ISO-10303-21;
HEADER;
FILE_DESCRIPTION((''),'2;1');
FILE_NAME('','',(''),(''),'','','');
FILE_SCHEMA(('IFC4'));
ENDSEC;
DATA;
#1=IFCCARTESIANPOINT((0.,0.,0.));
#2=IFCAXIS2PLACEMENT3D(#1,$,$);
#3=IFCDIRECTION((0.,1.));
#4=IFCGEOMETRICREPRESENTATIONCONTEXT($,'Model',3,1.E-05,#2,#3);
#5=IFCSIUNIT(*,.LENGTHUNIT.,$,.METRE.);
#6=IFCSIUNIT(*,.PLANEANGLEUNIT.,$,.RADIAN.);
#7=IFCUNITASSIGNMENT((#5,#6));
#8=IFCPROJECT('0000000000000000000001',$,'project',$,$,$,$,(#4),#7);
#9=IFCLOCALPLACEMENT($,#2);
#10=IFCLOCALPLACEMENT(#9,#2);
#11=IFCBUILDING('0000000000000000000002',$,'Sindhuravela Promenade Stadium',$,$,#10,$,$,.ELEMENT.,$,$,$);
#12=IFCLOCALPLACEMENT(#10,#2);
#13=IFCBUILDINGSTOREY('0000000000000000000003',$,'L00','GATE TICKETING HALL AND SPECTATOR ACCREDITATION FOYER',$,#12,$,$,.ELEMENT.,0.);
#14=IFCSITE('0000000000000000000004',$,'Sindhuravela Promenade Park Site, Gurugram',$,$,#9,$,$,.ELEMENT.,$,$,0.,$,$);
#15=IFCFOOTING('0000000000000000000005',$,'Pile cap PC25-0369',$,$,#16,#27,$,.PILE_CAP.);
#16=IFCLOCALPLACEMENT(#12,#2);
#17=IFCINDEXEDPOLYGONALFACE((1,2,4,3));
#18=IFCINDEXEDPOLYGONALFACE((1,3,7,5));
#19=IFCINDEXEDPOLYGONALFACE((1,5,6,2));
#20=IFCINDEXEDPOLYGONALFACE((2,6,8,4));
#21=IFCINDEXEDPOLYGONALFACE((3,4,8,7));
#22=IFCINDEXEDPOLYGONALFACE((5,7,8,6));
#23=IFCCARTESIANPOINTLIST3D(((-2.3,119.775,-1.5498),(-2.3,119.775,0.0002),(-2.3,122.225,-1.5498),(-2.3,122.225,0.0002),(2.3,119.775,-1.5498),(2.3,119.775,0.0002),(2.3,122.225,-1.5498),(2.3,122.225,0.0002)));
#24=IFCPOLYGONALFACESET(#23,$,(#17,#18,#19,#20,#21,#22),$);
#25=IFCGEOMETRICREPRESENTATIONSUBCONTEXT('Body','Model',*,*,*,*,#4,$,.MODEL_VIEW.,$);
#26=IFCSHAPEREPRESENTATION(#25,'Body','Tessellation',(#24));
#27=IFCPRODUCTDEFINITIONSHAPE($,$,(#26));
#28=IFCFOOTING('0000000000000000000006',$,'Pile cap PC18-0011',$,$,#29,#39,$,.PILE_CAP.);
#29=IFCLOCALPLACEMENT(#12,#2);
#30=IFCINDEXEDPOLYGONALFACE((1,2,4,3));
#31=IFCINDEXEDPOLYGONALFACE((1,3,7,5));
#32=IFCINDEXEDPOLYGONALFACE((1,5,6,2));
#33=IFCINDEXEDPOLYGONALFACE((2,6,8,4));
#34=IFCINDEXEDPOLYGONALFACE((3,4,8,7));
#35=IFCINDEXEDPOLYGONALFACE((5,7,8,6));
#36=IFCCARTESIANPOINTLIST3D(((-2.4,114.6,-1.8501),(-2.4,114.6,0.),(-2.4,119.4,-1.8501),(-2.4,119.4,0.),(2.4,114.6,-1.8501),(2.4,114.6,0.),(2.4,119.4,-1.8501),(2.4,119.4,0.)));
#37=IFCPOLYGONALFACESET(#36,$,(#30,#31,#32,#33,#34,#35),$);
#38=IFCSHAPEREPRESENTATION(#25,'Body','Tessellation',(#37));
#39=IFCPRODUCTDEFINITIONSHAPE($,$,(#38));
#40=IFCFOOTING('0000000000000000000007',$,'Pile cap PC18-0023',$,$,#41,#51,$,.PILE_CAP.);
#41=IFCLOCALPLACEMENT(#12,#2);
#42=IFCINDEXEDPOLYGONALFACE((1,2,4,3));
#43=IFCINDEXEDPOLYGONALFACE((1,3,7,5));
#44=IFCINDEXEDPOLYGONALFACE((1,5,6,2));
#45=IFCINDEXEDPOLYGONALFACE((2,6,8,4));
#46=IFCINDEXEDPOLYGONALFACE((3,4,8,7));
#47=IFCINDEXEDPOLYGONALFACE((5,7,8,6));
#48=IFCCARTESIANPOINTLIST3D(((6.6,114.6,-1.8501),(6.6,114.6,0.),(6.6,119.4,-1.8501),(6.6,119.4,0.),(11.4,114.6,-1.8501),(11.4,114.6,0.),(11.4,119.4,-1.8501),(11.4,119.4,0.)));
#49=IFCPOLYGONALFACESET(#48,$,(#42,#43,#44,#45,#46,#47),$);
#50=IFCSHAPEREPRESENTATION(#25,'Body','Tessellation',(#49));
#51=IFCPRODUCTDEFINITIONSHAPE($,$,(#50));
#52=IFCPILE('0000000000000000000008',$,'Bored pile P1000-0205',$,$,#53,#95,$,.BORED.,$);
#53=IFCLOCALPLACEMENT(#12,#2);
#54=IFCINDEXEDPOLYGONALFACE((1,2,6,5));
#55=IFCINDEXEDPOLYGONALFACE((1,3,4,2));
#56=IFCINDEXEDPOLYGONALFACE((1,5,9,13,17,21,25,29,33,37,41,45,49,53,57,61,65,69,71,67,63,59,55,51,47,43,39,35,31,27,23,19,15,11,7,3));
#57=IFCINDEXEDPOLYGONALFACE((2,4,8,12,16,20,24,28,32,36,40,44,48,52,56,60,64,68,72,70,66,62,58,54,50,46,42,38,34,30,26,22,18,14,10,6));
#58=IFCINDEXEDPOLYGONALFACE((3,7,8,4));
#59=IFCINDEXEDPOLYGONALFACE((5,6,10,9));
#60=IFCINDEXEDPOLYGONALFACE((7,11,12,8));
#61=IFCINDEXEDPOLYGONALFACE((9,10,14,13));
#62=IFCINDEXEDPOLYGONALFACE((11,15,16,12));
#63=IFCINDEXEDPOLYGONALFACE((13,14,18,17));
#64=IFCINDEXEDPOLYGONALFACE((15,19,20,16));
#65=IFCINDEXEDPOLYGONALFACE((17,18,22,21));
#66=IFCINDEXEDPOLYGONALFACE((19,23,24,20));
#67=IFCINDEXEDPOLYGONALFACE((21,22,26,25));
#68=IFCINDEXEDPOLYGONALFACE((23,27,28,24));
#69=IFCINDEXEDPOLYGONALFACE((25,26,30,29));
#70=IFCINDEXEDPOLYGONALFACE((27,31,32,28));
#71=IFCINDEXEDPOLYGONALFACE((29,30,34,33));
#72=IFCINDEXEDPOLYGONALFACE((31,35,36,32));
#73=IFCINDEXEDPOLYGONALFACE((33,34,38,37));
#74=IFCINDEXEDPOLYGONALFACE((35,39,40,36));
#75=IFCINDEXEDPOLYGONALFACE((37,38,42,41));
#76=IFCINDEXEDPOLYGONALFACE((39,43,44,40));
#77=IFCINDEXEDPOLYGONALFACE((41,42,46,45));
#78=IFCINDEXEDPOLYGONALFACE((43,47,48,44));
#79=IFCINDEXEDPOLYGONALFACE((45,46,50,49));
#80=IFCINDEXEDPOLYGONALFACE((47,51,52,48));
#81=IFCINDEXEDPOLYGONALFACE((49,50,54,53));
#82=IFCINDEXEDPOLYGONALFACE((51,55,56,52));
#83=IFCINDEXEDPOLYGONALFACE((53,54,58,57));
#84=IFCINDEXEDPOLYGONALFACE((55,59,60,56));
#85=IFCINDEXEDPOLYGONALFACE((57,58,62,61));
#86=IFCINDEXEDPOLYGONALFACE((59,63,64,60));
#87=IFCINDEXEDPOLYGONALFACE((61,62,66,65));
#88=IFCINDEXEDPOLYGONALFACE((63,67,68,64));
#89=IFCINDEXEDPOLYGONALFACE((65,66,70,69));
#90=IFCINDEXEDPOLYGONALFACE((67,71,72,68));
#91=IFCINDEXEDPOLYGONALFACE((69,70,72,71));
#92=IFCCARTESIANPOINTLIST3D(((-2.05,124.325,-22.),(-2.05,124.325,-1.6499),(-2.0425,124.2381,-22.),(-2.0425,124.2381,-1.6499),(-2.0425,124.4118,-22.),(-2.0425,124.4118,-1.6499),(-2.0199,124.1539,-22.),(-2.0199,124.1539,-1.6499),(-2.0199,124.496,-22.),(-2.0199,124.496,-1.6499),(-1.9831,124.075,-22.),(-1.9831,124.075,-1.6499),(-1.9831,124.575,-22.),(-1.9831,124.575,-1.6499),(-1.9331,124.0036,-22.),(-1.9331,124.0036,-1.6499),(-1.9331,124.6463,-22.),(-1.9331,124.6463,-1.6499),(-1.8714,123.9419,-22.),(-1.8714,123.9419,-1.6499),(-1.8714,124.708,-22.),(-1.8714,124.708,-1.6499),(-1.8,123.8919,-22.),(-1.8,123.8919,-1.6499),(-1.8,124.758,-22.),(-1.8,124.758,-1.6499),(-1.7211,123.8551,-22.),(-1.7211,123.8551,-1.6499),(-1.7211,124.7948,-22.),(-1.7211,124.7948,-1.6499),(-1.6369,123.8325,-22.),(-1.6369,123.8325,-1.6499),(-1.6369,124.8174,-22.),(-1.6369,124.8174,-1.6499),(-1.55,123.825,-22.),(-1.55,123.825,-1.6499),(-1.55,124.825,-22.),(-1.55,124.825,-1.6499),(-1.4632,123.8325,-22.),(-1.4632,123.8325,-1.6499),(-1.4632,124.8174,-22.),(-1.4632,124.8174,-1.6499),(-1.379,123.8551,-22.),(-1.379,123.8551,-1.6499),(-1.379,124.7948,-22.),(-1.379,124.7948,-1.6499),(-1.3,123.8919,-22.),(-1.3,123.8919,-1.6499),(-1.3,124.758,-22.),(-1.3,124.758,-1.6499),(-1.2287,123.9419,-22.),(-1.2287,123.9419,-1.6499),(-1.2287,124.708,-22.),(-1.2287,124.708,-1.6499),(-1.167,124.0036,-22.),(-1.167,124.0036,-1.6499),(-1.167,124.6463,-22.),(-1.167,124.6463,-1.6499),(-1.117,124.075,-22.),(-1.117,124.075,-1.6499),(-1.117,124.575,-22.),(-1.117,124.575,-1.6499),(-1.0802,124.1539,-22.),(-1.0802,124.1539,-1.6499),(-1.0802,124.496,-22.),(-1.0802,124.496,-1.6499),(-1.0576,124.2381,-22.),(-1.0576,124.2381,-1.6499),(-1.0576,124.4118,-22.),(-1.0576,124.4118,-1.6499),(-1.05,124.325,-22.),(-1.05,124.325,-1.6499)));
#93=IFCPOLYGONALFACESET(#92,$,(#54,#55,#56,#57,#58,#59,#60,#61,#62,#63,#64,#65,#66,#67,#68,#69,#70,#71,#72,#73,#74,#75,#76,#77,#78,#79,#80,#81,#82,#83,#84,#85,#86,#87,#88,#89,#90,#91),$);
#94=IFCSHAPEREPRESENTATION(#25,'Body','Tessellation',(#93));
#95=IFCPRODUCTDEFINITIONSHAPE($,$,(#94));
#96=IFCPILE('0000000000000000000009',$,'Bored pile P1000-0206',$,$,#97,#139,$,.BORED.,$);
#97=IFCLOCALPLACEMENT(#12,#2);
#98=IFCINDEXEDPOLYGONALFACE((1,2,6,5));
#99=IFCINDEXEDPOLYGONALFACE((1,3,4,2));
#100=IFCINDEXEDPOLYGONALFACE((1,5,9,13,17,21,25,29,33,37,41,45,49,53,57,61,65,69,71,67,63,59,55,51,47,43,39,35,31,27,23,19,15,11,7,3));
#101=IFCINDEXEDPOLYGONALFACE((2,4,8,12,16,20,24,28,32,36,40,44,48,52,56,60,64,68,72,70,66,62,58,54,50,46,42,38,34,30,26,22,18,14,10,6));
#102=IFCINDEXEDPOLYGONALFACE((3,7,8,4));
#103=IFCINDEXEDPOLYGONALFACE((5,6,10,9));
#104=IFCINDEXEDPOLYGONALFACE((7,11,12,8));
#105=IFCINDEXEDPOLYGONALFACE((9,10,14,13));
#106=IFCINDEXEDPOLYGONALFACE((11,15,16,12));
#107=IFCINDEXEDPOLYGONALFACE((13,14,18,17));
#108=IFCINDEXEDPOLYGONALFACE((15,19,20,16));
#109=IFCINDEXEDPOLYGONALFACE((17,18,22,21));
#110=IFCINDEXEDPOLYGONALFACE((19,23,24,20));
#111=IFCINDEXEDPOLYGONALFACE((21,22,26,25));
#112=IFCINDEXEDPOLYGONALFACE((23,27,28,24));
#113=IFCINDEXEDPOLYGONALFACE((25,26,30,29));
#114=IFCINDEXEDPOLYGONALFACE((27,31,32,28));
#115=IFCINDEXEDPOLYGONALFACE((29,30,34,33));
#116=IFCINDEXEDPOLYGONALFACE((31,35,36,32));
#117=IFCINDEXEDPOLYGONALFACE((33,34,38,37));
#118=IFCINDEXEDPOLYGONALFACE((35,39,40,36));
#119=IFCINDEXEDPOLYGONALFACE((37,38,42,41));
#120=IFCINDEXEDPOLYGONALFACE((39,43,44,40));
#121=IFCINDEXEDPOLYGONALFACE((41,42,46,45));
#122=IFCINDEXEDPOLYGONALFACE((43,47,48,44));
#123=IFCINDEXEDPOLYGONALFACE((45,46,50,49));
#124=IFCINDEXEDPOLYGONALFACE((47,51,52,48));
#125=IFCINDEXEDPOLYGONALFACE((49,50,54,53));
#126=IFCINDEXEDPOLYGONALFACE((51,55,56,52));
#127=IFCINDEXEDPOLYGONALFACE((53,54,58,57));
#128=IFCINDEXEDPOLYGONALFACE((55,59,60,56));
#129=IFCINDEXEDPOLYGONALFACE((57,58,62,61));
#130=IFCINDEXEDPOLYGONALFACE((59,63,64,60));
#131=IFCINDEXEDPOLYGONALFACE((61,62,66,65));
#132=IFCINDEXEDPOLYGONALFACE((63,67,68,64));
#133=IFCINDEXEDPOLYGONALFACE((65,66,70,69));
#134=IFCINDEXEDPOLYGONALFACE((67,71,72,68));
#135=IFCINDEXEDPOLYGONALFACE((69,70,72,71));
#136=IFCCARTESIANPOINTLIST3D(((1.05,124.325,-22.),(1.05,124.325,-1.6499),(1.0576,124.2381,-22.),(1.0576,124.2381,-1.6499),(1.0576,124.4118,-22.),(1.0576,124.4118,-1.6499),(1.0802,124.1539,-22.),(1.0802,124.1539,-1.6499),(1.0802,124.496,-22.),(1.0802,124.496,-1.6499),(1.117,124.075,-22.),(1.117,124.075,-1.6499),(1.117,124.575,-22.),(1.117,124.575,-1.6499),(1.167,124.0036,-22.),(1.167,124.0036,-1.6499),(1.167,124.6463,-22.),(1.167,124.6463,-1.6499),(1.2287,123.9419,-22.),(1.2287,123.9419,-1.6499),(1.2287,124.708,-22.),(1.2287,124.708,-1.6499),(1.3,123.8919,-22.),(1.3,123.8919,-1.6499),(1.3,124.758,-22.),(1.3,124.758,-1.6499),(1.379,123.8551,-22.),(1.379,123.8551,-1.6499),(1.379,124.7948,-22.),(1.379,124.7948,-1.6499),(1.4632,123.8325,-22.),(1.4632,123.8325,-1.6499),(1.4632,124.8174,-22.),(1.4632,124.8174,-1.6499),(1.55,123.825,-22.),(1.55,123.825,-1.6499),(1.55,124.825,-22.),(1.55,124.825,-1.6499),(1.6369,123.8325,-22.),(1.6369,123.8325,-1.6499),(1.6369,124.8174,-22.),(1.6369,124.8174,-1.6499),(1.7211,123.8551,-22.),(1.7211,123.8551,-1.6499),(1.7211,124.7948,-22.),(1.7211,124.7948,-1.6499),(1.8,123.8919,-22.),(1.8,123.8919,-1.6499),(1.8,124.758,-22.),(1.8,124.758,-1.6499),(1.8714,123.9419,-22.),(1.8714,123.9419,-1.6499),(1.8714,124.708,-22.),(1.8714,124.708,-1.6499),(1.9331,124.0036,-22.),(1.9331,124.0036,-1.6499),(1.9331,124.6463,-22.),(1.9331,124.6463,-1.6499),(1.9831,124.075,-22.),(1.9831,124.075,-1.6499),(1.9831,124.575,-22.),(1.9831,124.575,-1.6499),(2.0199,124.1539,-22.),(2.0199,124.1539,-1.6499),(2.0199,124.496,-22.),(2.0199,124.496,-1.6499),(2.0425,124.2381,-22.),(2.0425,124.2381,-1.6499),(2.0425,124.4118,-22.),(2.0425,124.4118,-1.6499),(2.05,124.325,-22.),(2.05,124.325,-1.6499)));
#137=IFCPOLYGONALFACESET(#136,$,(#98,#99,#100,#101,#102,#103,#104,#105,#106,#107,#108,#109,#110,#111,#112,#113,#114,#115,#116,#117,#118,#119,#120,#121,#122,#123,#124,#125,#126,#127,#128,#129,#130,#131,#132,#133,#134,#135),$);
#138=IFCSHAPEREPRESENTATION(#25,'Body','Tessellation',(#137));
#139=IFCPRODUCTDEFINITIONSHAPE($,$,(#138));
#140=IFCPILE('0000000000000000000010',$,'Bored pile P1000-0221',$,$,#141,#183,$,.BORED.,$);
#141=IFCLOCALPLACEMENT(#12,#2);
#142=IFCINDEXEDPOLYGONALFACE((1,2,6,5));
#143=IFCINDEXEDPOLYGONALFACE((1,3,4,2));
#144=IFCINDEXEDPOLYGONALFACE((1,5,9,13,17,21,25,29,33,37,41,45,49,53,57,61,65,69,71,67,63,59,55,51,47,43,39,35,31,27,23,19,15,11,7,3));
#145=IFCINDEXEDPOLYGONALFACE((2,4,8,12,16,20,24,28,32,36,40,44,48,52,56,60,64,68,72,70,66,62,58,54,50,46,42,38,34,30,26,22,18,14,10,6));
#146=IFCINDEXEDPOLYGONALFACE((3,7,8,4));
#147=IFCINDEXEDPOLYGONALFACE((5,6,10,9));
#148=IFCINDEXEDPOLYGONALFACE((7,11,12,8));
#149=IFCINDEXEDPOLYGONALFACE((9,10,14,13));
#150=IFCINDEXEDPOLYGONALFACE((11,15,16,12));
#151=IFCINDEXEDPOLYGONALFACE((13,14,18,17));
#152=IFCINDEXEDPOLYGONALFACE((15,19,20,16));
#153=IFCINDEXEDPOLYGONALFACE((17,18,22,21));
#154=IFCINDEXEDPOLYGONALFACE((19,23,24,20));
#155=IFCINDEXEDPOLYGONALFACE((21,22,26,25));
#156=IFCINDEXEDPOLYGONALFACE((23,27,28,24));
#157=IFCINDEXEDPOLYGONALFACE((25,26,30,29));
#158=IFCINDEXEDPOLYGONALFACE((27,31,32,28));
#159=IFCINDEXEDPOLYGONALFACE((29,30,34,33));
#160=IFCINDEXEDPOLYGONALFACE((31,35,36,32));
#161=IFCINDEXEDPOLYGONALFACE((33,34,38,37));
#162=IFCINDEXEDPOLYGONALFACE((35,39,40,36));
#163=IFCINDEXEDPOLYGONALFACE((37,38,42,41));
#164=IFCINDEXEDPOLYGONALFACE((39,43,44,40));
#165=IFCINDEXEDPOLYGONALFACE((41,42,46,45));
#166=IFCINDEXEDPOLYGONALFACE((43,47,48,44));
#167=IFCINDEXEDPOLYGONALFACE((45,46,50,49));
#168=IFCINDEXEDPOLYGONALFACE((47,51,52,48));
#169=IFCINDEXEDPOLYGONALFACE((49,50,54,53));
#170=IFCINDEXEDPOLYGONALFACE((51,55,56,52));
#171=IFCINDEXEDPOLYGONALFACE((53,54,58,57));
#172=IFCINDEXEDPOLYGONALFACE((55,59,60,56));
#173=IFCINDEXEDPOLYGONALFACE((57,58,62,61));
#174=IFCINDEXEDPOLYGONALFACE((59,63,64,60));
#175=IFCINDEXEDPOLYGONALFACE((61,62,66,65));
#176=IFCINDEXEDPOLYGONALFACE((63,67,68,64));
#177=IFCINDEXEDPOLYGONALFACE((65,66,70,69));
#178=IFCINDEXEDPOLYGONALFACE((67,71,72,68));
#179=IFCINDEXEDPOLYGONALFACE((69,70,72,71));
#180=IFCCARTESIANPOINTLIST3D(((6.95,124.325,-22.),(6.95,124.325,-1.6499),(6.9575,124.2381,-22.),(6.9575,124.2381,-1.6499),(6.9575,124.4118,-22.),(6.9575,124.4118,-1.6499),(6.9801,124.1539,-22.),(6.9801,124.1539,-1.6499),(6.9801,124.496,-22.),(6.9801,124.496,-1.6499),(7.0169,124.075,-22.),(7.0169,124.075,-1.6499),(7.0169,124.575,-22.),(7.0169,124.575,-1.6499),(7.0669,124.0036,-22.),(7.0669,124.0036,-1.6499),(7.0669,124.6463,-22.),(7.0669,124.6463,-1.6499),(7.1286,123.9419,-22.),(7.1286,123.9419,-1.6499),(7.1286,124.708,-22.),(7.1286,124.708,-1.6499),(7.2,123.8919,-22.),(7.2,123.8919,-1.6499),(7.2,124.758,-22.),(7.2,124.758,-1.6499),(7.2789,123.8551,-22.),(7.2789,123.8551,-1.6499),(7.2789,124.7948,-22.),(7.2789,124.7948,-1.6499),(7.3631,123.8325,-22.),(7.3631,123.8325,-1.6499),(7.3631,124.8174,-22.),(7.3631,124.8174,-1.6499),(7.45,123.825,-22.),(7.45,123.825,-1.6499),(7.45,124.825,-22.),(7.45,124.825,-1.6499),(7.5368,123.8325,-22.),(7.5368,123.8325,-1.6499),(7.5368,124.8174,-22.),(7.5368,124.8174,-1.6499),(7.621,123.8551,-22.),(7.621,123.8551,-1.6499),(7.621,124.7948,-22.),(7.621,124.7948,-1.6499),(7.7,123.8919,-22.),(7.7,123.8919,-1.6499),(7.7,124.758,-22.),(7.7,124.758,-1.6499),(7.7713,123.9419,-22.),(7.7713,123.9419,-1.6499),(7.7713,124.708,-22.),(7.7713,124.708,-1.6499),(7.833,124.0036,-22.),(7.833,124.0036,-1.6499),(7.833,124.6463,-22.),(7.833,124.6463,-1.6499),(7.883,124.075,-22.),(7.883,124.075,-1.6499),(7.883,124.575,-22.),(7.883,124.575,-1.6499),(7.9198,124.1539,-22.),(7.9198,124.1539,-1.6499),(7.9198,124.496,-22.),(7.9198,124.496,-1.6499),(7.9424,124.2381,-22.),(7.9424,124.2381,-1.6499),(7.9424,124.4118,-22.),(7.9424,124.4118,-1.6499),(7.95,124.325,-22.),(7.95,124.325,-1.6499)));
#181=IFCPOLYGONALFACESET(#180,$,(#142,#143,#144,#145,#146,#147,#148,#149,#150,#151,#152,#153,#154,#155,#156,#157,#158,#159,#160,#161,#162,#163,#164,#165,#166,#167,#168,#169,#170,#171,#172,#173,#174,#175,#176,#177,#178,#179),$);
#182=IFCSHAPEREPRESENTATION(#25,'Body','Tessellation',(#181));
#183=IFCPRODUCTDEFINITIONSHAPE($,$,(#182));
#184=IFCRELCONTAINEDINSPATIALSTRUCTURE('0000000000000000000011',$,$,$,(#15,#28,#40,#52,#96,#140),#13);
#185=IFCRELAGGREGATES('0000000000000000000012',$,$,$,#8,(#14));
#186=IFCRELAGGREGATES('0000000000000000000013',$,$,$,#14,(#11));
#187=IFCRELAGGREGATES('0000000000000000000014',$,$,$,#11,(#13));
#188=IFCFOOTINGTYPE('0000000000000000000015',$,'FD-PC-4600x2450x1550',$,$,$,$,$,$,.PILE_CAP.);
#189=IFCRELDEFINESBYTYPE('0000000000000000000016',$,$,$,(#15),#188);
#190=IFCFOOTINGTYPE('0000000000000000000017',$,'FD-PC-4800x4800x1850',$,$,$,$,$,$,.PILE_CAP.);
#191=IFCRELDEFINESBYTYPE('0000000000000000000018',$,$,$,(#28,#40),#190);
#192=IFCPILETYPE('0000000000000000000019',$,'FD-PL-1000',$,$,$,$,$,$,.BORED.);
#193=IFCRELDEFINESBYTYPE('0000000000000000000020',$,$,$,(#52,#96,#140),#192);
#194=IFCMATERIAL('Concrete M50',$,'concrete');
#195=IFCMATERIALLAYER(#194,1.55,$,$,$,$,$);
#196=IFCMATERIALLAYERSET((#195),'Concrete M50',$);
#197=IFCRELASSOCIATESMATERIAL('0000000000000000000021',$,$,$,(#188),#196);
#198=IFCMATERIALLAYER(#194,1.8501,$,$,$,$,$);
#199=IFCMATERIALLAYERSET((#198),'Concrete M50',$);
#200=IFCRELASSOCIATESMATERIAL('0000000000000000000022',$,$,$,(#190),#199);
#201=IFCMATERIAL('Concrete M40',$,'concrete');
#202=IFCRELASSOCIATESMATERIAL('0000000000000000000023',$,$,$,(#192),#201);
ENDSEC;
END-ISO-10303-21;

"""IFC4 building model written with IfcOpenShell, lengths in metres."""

from ifc_helpers import new_model, si_unit, direction, frame, origin, origin_2d, place, context, subcontext, project, spatial, rectangle, circle, extrude, material, layer, layer_set, material_profile, profile_set, type_object, element, save


model = new_model("IFC4")

# Units and contexts
model_context = context("Model", 3, precision=1e-05, world=origin(), true_north=direction((0.0, 1.0)))
body_context = subcontext(model_context, "Body", "Model", "MODEL_VIEW")
ifc_project = project(units=[si_unit("LENGTHUNIT", "METRE"), si_unit("PLANEANGLEUNIT", "RADIAN")], contexts=[model_context])

# Site, building, storey
site_placement = place(None, origin())
site = spatial("IfcSite", under=ifc_project, at=site_placement, Name="Sindhuravela Promenade Park Site, Gurugram", CompositionType="ELEMENT", RefElevation=0.0)
building_placement = place(site_placement, origin())
building = spatial("IfcBuilding", under=site, at=building_placement, Name="Sindhuravela Promenade Stadium", CompositionType="ELEMENT")
storey_placement = place(building_placement, origin())
storey = spatial("IfcBuildingStorey", under=building, at=storey_placement, Name="L00", Description="GATE TICKETING HALL AND SPECTATOR ACCREDITATION FOYER", CompositionType="ELEMENT", Elevation=0.0)

# Footings
ifc_material_1 = material(Name="Concrete M50", Category="concrete")
ifc_layer_1 = layer(ifc_material_1, 1.55)
ifc_layer_set_1 = layer_set([ifc_layer_1], Name="Concrete M50")
footing_type_1 = type_object("IfcFootingType", Name="FD-PC-4600x2450x1550", PredefinedType="PILE_CAP", material=ifc_layer_set_1)
footing_placement = place(storey_placement, frame((0.0, 121.0, -1.5498), z_axis=(0.0, 0.0, 1.0), x_axis=(1.0, 0.0, 0.0)))
element("IfcFooting", 1, at=footing_placement, inside=storey, type_object=footing_type_1, Name="Pile cap PC25-0369", PredefinedType="PILE_CAP", context=body_context, shape_type="SweptSolid", body=[
    extrude(rectangle(XDim=4.6001, YDim=2.45, at=origin_2d()), origin(), (0.0, 0.0, 1.0), 1.55),
])
ifc_layer_2 = layer(ifc_material_1, 1.8501)
ifc_layer_set_2 = layer_set([ifc_layer_2], Name="Concrete M50")
footing_type_2 = type_object("IfcFootingType", Name="FD-PC-4800x4800x1850", PredefinedType="PILE_CAP", material=ifc_layer_set_2)
for number, where, z_axis, x_axis, name in (
    (2, (0.0, 117.0, -1.8501), (0.0, 0.0, 1.0), (1.0, 0.0, 0.0), "Pile cap PC18-0011"),
    (3, (9.0, 117.0, -1.8501), (0.0, 0.0, 1.0), (1.0, 0.0, 0.0), "Pile cap PC18-0023"),
):
    element("IfcFooting", number, at=place(storey_placement, frame(where, z_axis=z_axis, x_axis=x_axis)), inside=storey, type_object=footing_type_2, Name=name, PredefinedType="PILE_CAP", context=body_context, shape_type="SweptSolid", body=[
        extrude(rectangle(XDim=4.8, YDim=4.8, at=origin_2d()), origin(), (0.0, 0.0, 1.0), 1.8501),
    ])

# Piles
ifc_material_2 = material(Name="Concrete M40", Category="concrete")
ifc_material_profile_1 = material_profile(ifc_material_2, circle(Radius=0.5, at=origin_2d()), Name="BORED PILE D1000")
ifc_profile_set_1 = profile_set([ifc_material_profile_1], Name="Concrete M40")
pile_type_1 = type_object("IfcPileType", Name="FD-PL-1000", PredefinedType="BORED", material=ifc_profile_set_1)
for number, where, z_axis, x_axis, name in (
    (4, (-1.55, 124.325, -1.6499), (0.0, 0.0, -1.0), (1.0, 0.0, 0.0), "Bored pile P1000-0205"),
    (5, (1.55, 124.325, -1.6499), (0.0, 0.0, -1.0), (1.0, 0.0, 0.0), "Bored pile P1000-0206"),
    (6, (7.45, 124.325, -1.6499), (0.0, 0.0, -1.0), (1.0, 0.0, 0.0), "Bored pile P1000-0221"),
):
    element("IfcPile", number, at=place(storey_placement, frame(where, z_axis=z_axis, x_axis=x_axis)), inside=storey, type_object=pile_type_1, Name=name, PredefinedType="BORED", context=body_context, shape_type="SweptSolid", body=[
        extrude(circle(Radius=0.5, at=origin_2d()), origin(), (0.0, 0.0, 1.0), 20.3501),
    ])

save(model, "model.ifc")
